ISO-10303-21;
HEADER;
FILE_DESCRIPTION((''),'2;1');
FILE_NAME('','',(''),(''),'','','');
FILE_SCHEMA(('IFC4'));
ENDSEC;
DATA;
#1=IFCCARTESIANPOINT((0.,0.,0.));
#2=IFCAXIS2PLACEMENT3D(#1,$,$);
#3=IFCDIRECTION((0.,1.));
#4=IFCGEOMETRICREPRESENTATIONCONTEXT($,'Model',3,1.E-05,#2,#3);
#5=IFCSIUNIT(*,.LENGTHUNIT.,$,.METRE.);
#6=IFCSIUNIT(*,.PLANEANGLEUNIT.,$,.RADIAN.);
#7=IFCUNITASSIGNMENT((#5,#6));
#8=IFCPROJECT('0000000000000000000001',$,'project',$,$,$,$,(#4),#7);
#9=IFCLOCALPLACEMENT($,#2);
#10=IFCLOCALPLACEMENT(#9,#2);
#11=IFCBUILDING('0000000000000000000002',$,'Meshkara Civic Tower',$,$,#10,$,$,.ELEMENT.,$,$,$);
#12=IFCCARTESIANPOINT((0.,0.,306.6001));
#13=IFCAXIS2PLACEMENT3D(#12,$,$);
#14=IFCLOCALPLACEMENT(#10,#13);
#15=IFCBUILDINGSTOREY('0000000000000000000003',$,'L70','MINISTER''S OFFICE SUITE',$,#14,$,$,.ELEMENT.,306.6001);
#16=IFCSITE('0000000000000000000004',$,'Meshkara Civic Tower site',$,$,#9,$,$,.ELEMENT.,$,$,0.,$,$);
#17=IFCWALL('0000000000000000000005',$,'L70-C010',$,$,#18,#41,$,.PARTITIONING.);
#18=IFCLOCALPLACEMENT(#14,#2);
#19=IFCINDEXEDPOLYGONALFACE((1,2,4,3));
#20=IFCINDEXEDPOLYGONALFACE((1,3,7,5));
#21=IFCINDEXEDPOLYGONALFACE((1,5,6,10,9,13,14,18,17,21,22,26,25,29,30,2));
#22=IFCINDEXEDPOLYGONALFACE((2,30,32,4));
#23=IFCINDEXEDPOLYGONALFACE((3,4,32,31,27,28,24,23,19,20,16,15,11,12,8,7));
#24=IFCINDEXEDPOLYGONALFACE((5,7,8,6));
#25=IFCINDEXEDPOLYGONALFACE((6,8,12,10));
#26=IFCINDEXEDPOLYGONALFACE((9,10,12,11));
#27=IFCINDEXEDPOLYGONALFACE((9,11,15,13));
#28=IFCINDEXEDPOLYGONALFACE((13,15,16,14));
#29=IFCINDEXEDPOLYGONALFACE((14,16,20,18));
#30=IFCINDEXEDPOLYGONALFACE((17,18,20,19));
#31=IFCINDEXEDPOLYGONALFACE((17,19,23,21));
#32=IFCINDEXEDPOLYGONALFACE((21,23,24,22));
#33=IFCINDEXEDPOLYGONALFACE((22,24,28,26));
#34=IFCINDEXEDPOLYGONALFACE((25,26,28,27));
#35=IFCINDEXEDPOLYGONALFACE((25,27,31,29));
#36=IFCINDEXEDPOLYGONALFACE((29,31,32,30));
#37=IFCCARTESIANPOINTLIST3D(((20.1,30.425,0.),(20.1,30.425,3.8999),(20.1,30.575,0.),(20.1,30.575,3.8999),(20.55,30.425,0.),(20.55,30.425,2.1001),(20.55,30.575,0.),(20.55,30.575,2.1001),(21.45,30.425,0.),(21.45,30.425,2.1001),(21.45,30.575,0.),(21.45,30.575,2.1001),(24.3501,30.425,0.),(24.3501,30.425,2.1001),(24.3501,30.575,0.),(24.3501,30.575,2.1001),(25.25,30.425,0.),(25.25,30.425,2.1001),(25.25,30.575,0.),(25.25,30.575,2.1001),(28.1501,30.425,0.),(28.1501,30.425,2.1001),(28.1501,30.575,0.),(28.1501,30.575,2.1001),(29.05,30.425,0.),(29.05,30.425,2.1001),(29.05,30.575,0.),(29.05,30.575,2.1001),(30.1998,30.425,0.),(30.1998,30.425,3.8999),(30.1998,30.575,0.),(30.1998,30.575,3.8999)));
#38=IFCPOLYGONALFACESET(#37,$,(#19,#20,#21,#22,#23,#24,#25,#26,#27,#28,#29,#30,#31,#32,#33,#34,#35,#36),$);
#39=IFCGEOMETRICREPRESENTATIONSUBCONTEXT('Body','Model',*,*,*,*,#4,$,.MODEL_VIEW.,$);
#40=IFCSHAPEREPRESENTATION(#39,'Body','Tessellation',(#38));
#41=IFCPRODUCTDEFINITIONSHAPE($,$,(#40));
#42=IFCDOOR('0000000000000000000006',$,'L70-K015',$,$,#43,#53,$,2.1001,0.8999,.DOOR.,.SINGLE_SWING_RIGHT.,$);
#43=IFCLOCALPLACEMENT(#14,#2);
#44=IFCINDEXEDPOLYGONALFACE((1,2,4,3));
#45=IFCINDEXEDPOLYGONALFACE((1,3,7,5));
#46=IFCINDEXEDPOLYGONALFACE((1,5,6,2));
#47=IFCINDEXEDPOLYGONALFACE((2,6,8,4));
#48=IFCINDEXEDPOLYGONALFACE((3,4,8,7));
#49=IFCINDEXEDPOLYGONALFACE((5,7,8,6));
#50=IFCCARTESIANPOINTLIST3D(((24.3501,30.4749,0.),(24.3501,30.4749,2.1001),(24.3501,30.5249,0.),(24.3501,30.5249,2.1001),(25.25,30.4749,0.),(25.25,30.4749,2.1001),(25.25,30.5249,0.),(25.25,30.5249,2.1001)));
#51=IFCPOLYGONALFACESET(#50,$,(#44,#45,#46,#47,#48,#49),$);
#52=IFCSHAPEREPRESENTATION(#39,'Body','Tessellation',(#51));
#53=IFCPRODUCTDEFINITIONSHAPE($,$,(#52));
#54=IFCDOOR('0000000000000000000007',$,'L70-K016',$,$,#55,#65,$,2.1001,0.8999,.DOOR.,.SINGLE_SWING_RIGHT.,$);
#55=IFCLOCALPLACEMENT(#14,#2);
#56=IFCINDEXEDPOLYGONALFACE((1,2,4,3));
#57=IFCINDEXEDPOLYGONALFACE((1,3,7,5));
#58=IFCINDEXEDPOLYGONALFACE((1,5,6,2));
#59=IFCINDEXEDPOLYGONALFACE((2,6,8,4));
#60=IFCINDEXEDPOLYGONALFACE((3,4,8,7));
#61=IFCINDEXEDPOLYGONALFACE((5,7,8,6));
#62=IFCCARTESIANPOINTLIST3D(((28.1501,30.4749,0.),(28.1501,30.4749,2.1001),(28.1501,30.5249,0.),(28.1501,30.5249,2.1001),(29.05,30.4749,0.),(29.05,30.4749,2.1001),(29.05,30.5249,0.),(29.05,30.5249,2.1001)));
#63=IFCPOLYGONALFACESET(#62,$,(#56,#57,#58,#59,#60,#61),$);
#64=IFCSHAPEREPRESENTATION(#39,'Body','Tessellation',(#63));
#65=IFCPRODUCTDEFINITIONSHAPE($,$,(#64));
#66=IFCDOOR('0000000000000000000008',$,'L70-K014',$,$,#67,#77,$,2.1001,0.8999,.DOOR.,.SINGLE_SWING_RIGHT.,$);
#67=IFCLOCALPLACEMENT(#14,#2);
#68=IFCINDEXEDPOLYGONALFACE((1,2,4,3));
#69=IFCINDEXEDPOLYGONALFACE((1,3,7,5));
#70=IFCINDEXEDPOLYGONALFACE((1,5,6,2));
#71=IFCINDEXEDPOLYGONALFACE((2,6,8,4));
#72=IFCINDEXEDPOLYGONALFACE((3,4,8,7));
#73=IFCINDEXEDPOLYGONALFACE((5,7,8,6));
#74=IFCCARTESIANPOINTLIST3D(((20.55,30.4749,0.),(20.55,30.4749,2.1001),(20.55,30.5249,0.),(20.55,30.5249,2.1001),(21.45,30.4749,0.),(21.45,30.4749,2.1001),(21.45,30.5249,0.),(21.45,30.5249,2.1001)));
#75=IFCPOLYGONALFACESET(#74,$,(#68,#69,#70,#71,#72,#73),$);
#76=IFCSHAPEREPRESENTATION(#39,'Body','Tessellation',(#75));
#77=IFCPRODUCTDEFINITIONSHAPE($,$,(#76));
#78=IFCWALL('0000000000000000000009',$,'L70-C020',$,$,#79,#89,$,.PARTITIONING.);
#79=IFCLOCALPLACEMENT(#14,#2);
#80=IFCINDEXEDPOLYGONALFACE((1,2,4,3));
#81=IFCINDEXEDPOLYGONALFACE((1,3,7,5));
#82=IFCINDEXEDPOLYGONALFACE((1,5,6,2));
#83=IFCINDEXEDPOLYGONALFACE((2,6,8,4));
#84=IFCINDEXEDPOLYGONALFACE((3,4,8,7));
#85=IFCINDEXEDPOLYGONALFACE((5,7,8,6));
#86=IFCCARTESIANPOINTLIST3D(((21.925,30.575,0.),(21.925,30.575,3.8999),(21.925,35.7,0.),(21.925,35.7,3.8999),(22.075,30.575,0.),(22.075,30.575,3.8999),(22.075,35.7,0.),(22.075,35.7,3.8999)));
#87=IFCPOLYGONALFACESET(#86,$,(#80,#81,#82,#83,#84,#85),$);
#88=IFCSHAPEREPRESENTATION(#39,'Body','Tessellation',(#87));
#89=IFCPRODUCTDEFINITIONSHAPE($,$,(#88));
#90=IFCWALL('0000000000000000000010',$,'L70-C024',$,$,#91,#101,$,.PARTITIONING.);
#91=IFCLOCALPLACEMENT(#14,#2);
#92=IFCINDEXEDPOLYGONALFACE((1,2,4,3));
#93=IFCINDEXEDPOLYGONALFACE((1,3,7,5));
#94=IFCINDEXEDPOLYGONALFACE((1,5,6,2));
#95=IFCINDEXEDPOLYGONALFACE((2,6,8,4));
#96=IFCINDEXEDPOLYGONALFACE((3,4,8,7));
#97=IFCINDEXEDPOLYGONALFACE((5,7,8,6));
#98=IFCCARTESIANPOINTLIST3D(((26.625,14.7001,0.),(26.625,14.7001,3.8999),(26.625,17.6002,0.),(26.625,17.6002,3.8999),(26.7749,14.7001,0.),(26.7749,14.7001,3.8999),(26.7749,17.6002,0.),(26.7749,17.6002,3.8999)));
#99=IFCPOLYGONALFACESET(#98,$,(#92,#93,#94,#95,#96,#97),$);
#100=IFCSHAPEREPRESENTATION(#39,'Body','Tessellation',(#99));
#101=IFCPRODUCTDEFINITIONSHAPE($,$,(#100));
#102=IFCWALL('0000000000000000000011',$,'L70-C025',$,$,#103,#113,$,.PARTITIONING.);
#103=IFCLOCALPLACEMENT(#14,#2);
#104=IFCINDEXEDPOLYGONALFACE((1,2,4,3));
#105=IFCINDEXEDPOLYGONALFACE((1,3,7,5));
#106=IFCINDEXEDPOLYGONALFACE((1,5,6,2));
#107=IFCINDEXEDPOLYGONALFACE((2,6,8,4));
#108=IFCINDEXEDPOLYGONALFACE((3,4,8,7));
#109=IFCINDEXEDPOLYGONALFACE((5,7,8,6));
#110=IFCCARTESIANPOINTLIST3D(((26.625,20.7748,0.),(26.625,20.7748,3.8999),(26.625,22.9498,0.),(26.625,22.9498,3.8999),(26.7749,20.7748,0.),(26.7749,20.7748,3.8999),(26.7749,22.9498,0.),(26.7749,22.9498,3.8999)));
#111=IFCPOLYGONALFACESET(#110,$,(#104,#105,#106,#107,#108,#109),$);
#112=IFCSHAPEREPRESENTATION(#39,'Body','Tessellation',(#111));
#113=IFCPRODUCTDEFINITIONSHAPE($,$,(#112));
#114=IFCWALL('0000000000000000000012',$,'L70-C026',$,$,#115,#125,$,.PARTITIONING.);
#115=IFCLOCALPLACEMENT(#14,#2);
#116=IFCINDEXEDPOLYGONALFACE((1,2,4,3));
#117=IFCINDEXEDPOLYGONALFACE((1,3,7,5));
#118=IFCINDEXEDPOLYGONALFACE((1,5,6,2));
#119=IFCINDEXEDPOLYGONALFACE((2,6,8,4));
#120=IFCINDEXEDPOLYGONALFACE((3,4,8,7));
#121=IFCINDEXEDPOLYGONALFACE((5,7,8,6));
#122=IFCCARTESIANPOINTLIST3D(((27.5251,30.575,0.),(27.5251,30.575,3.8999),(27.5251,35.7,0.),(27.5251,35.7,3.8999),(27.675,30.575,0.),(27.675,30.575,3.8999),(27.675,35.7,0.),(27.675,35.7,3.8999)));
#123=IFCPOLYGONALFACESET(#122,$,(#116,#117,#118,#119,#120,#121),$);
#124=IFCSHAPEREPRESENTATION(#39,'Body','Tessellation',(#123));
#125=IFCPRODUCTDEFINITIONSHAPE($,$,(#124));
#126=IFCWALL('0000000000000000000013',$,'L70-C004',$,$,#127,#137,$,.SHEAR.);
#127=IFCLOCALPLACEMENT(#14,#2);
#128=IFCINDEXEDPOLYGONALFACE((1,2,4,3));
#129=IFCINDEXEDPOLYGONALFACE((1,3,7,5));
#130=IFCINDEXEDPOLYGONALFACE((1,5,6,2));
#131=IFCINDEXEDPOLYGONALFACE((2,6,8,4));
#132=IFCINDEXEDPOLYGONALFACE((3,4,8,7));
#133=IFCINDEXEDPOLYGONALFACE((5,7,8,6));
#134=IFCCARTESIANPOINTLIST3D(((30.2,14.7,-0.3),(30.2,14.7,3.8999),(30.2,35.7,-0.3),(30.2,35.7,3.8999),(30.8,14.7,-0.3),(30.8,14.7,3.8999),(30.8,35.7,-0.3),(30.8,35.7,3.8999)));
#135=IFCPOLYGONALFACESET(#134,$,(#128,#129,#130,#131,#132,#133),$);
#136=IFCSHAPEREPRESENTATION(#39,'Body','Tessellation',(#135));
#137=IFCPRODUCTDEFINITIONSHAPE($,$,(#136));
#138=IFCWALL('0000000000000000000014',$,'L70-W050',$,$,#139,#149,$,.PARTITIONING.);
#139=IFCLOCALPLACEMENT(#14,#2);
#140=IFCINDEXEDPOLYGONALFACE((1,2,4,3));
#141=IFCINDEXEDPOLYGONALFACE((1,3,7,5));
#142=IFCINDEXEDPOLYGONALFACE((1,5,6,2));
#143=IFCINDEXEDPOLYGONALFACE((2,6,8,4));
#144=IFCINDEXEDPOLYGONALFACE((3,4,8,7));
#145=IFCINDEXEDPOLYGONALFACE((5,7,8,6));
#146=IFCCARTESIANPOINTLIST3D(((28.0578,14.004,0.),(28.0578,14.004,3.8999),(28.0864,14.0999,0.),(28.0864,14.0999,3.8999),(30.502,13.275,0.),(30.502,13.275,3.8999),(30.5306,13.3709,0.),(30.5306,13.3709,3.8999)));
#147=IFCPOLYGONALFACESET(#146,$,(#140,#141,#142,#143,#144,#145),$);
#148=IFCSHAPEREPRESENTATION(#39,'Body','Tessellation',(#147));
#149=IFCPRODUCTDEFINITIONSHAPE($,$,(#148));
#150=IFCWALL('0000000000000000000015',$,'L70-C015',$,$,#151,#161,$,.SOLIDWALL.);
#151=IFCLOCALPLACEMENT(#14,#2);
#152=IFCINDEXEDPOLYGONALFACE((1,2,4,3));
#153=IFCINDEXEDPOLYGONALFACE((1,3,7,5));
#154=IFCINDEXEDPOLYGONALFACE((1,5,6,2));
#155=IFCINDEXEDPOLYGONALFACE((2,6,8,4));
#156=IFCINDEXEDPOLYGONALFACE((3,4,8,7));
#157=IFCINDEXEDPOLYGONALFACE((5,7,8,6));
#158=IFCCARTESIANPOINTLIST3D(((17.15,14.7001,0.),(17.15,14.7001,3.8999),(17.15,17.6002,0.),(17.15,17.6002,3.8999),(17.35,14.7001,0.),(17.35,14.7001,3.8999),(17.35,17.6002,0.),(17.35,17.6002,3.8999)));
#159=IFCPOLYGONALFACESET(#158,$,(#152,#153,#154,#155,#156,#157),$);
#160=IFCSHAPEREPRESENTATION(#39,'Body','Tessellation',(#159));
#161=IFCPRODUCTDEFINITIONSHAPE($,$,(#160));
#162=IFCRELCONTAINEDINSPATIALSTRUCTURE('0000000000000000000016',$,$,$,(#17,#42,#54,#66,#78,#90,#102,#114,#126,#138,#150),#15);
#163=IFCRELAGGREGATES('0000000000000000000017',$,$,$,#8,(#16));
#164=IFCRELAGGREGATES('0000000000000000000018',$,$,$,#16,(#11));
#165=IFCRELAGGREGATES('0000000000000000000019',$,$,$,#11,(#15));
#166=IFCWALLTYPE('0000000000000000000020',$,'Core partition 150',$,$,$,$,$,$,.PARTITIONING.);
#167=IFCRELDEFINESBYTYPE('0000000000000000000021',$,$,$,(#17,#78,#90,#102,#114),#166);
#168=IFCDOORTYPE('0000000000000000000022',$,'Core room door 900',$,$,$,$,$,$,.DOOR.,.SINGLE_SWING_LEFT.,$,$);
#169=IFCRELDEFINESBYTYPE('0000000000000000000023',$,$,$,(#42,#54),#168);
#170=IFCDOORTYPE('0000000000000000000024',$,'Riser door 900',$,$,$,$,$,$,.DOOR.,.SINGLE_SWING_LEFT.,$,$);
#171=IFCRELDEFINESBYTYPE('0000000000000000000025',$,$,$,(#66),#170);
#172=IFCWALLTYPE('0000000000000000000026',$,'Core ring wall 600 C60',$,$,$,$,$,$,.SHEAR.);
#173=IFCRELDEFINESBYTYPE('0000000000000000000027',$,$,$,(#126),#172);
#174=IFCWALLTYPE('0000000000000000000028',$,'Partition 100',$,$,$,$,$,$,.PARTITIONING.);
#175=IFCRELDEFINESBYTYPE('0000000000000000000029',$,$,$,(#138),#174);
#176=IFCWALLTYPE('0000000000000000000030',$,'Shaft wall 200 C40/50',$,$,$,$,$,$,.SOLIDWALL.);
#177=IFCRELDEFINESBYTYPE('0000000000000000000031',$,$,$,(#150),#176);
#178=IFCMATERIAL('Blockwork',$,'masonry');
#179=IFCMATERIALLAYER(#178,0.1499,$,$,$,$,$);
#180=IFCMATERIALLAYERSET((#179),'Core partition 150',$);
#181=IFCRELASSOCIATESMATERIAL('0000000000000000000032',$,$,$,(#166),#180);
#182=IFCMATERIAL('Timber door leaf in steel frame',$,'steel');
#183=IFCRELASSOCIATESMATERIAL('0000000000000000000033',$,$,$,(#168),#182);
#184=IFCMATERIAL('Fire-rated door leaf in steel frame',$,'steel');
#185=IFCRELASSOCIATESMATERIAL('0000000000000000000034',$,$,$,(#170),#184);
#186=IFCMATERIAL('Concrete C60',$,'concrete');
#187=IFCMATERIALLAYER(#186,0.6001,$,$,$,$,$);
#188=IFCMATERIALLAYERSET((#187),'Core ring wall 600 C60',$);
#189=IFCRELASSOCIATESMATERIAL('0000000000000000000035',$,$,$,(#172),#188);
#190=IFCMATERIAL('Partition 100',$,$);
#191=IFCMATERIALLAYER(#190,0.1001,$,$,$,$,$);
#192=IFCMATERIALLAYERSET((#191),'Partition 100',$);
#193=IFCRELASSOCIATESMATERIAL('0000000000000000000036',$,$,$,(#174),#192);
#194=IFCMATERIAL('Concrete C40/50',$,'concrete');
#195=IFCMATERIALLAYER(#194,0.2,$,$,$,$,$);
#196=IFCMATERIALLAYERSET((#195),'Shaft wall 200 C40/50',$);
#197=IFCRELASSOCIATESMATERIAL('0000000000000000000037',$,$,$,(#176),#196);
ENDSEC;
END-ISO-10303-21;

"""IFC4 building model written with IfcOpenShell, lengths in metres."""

from ifc_helpers import new_model, si_unit, direction, frame, frame_2d, origin, place, context, subcontext, project, spatial, rectangle, extrude, material, layer, layer_set, type_object, element, fill, save


model = new_model("IFC4")

# Units and contexts
model_context = context("Model", 3, precision=1e-05, world=origin(), true_north=direction((0.0, 1.0)))
body_context = subcontext(model_context, "Body", "Model", "MODEL_VIEW")
ifc_project = project(units=[si_unit("LENGTHUNIT", "METRE"), si_unit("PLANEANGLEUNIT", "RADIAN")], contexts=[model_context])

# Site, building, storey
site_placement = place(None, origin())
site = spatial("IfcSite", under=ifc_project, at=site_placement, Name="Meshkara Civic Tower site", CompositionType="ELEMENT", RefElevation=0.0)
building_placement = place(site_placement, origin())
building = spatial("IfcBuilding", under=site, at=building_placement, Name="Meshkara Civic Tower", CompositionType="ELEMENT")
storey_placement = place(building_placement, frame((0.0, 0.0, 306.6001)))
storey = spatial("IfcBuildingStorey", under=building, at=storey_placement, Name="L70", Description="MINISTER'S OFFICE SUITE", CompositionType="ELEMENT", Elevation=306.6001)

# Wall, openings, doors
ifc_material_1 = material(Name="Blockwork", Category="masonry")
ifc_layer_1 = layer(ifc_material_1, 0.1499)
ifc_layer_set_1 = layer_set([ifc_layer_1], Name="Core partition 150")
wall_type_1 = type_object("IfcWallType", Name="Core partition 150", PredefinedType="PARTITIONING", material=ifc_layer_set_1)
wall_1_placement = place(storey_placement, frame((20.1001, 30.5, 0.0), z_axis=(0.0, 0.0, 1.0), x_axis=(1.0, 0.0, 0.0)))
wall_1 = element("IfcWall", 1, at=wall_1_placement, inside=storey, type_object=wall_type_1, Name="L70-C010", PredefinedType="PARTITIONING", context=body_context, shape_type="SweptSolid", body=[
    extrude(rectangle(XDim=10.0999, YDim=0.1499, at=frame_2d((5.0498, 0.0))), origin(), (0.0, 0.0, 1.0), 3.8999),
])
opening_1_placement = place(wall_1_placement, frame((0.45, 0.0, 0.0)))
opening_1 = element("IfcOpeningElement", 2, at=opening_1_placement, cuts=wall_1, PredefinedType="OPENING", context=body_context, shape_type="SweptSolid", body=[
    extrude(rectangle(XDim=0.8999, YDim=2.1001, at=frame_2d((0.45, 1.05))), frame((0.0, 0.085, 0.0), z_axis=(0.0, -1.0, 0.0), x_axis=(1.0, 0.0, 0.0)), (0.0, 0.0, 1.0), 0.1699),
])
opening_2_placement = place(wall_1_placement, frame((4.25, 0.0, 0.0)))
opening_2 = element("IfcOpeningElement", 3, at=opening_2_placement, cuts=wall_1, PredefinedType="OPENING", context=body_context, shape_type="SweptSolid", body=[
    extrude(rectangle(XDim=0.8999, YDim=2.1001, at=frame_2d((0.45, 1.05))), frame((0.0, 0.085, 0.0), z_axis=(0.0, -1.0, 0.0), x_axis=(1.0, 0.0, 0.0)), (0.0, 0.0, 1.0), 0.1699),
])
opening_3_placement = place(wall_1_placement, frame((8.05, 0.0, 0.0)))
opening_3 = element("IfcOpeningElement", 4, at=opening_3_placement, cuts=wall_1, PredefinedType="OPENING", context=body_context, shape_type="SweptSolid", body=[
    extrude(rectangle(XDim=0.8999, YDim=2.1001, at=frame_2d((0.45, 1.05))), frame((0.0, 0.085, 0.0), z_axis=(0.0, -1.0, 0.0), x_axis=(1.0, 0.0, 0.0)), (0.0, 0.0, 1.0), 0.1699),
])
ifc_material_2 = material(Name="Timber door leaf in steel frame", Category="steel")
door_type_1 = type_object("IfcDoorType", Name="Core room door 900", OperationType="SINGLE_SWING_LEFT", PredefinedType="DOOR", material=ifc_material_2)
door_1_placement = place(opening_2_placement, origin())
door_1 = element("IfcDoor", 5, at=door_1_placement, inside=storey, type_object=door_type_1, Name="L70-K015", OperationType="SINGLE_SWING_RIGHT", OverallHeight=2.1001, OverallWidth=0.8999, PredefinedType="DOOR", context=body_context, shape_type="SweptSolid", body=[
    extrude(rectangle(XDim=0.8999, YDim=2.1001, at=frame_2d((0.45, 1.05))), frame((0.0, 0.0249, 0.0), z_axis=(0.0, -1.0, 0.0), x_axis=(1.0, 0.0, 0.0)), (0.0, 0.0, 1.0), 0.05),
])
fill(opening_2, door_1)
door_2_placement = place(opening_3_placement, origin())
door_2 = element("IfcDoor", 6, at=door_2_placement, inside=storey, type_object=door_type_1, Name="L70-K016", OperationType="SINGLE_SWING_RIGHT", OverallHeight=2.1001, OverallWidth=0.8999, PredefinedType="DOOR", context=body_context, shape_type="SweptSolid", body=[
    extrude(rectangle(XDim=0.8999, YDim=2.1001, at=frame_2d((0.45, 1.05))), frame((0.0, 0.0249, 0.0), z_axis=(0.0, -1.0, 0.0), x_axis=(1.0, 0.0, 0.0)), (0.0, 0.0, 1.0), 0.05),
])
fill(opening_3, door_2)
ifc_material_3 = material(Name="Fire-rated door leaf in steel frame", Category="steel")
door_type_2 = type_object("IfcDoorType", Name="Riser door 900", OperationType="SINGLE_SWING_LEFT", PredefinedType="DOOR", material=ifc_material_3)
door_3_placement = place(opening_1_placement, origin())
door_3 = element("IfcDoor", 7, at=door_3_placement, inside=storey, type_object=door_type_2, Name="L70-K014", OperationType="SINGLE_SWING_RIGHT", OverallHeight=2.1001, OverallWidth=0.8999, PredefinedType="DOOR", context=body_context, shape_type="SweptSolid", body=[
    extrude(rectangle(XDim=0.8999, YDim=2.1001, at=frame_2d((0.45, 1.05))), frame((0.0, 0.0249, 0.0), z_axis=(0.0, -1.0, 0.0), x_axis=(1.0, 0.0, 0.0)), (0.0, 0.0, 1.0), 0.05),
])
fill(opening_1, door_3)

# Walls
wall_2_placement = place(storey_placement, frame((22.0, 30.575, 0.0), z_axis=(0.0, 0.0, 1.0), x_axis=(0.0, 1.0, 0.0)))
element("IfcWall", 8, at=wall_2_placement, inside=storey, type_object=wall_type_1, Name="L70-C020", PredefinedType="PARTITIONING", context=body_context, shape_type="SweptSolid", body=[
    extrude(rectangle(XDim=5.125, YDim=0.1499, at=frame_2d((2.5625, 0.0))), origin(), (0.0, 0.0, 1.0), 3.8999),
])
wall_3_placement = place(storey_placement, frame((26.7, 14.7, 0.0), z_axis=(0.0, 0.0, 1.0), x_axis=(0.0, 1.0, 0.0)))
element("IfcWall", 9, at=wall_3_placement, inside=storey, type_object=wall_type_1, Name="L70-C024", PredefinedType="PARTITIONING", context=body_context, shape_type="SweptSolid", body=[
    extrude(rectangle(XDim=2.9001, YDim=0.1499, at=frame_2d((1.4502, 0.0))), origin(), (0.0, 0.0, 1.0), 3.8999),
])
wall_4_placement = place(storey_placement, frame((26.7, 20.7749, 0.0), z_axis=(0.0, 0.0, 1.0), x_axis=(0.0, 1.0, 0.0)))
element("IfcWall", 10, at=wall_4_placement, inside=storey, type_object=wall_type_1, Name="L70-C025", PredefinedType="PARTITIONING", context=body_context, shape_type="SweptSolid", body=[
    extrude(rectangle(XDim=2.175, YDim=0.1499, at=frame_2d((1.0874, 0.0))), origin(), (0.0, 0.0, 1.0), 3.8999),
])
wall_5_placement = place(storey_placement, frame((27.6001, 30.575, 0.0), z_axis=(0.0, 0.0, 1.0), x_axis=(0.0, 1.0, 0.0)))
element("IfcWall", 11, at=wall_5_placement, inside=storey, type_object=wall_type_1, Name="L70-C026", PredefinedType="PARTITIONING", context=body_context, shape_type="SweptSolid", body=[
    extrude(rectangle(XDim=5.125, YDim=0.1499, at=frame_2d((2.5625, 0.0))), origin(), (0.0, 0.0, 1.0), 3.8999),
])
ifc_material_4 = material(Name="Concrete C60", Category="concrete")
ifc_layer_2 = layer(ifc_material_4, 0.6001)
ifc_layer_set_2 = layer_set([ifc_layer_2], Name="Core ring wall 600 C60")
wall_type_2 = type_object("IfcWallType", Name="Core ring wall 600 C60", PredefinedType="SHEAR", material=ifc_layer_set_2)
wall_6_placement = place(storey_placement, frame((30.5, 14.7, -0.3), z_axis=(0.0, 0.0, 1.0), x_axis=(0.0, 1.0, 0.0)))
element("IfcWall", 12, at=wall_6_placement, inside=storey, type_object=wall_type_2, Name="L70-C004", PredefinedType="SHEAR", context=body_context, shape_type="SweptSolid", body=[
    extrude(rectangle(XDim=21.0, YDim=0.6001, at=frame_2d((10.5, 0.0))), origin(), (0.0, 0.0, 1.0), 4.2),
])
ifc_material_5 = material(Name="Partition 100")
ifc_layer_3 = layer(ifc_material_5, 0.1001)
ifc_layer_set_3 = layer_set([ifc_layer_3], Name="Partition 100")
wall_type_3 = type_object("IfcWallType", Name="Partition 100", PredefinedType="PARTITIONING", material=ifc_layer_set_3)
wall_7_placement = place(storey_placement, frame((28.072, 14.052, 0.0), z_axis=(0.0, 0.0, 1.0), x_axis=(0.958281, -0.285828, 0.0)))
element("IfcWall", 13, at=wall_7_placement, inside=storey, type_object=wall_type_3, Name="L70-W050", PredefinedType="PARTITIONING", context=body_context, shape_type="SweptSolid", body=[
    extrude(rectangle(XDim=2.5505, YDim=0.1001, at=frame_2d((1.2754, 0.0))), origin(), (0.0, 0.0, 1.0), 3.8999),
])
ifc_material_6 = material(Name="Concrete C40/50", Category="concrete")
ifc_layer_4 = layer(ifc_material_6, 0.2)
ifc_layer_set_4 = layer_set([ifc_layer_4], Name="Shaft wall 200 C40/50")
wall_type_4 = type_object("IfcWallType", Name="Shaft wall 200 C40/50", PredefinedType="SOLIDWALL", material=ifc_layer_set_4)
wall_8_placement = place(storey_placement, frame((17.25, 14.7, 0.0), z_axis=(0.0, 0.0, 1.0), x_axis=(0.0, 1.0, 0.0)))
element("IfcWall", 14, at=wall_8_placement, inside=storey, type_object=wall_type_4, Name="L70-C015", PredefinedType="SOLIDWALL", context=body_context, shape_type="SweptSolid", body=[
    extrude(rectangle(XDim=2.9001, YDim=0.2, at=frame_2d((1.4502, 0.0))), origin(), (0.0, 0.0, 1.0), 3.8999),
])

save(model, "model.ifc")
